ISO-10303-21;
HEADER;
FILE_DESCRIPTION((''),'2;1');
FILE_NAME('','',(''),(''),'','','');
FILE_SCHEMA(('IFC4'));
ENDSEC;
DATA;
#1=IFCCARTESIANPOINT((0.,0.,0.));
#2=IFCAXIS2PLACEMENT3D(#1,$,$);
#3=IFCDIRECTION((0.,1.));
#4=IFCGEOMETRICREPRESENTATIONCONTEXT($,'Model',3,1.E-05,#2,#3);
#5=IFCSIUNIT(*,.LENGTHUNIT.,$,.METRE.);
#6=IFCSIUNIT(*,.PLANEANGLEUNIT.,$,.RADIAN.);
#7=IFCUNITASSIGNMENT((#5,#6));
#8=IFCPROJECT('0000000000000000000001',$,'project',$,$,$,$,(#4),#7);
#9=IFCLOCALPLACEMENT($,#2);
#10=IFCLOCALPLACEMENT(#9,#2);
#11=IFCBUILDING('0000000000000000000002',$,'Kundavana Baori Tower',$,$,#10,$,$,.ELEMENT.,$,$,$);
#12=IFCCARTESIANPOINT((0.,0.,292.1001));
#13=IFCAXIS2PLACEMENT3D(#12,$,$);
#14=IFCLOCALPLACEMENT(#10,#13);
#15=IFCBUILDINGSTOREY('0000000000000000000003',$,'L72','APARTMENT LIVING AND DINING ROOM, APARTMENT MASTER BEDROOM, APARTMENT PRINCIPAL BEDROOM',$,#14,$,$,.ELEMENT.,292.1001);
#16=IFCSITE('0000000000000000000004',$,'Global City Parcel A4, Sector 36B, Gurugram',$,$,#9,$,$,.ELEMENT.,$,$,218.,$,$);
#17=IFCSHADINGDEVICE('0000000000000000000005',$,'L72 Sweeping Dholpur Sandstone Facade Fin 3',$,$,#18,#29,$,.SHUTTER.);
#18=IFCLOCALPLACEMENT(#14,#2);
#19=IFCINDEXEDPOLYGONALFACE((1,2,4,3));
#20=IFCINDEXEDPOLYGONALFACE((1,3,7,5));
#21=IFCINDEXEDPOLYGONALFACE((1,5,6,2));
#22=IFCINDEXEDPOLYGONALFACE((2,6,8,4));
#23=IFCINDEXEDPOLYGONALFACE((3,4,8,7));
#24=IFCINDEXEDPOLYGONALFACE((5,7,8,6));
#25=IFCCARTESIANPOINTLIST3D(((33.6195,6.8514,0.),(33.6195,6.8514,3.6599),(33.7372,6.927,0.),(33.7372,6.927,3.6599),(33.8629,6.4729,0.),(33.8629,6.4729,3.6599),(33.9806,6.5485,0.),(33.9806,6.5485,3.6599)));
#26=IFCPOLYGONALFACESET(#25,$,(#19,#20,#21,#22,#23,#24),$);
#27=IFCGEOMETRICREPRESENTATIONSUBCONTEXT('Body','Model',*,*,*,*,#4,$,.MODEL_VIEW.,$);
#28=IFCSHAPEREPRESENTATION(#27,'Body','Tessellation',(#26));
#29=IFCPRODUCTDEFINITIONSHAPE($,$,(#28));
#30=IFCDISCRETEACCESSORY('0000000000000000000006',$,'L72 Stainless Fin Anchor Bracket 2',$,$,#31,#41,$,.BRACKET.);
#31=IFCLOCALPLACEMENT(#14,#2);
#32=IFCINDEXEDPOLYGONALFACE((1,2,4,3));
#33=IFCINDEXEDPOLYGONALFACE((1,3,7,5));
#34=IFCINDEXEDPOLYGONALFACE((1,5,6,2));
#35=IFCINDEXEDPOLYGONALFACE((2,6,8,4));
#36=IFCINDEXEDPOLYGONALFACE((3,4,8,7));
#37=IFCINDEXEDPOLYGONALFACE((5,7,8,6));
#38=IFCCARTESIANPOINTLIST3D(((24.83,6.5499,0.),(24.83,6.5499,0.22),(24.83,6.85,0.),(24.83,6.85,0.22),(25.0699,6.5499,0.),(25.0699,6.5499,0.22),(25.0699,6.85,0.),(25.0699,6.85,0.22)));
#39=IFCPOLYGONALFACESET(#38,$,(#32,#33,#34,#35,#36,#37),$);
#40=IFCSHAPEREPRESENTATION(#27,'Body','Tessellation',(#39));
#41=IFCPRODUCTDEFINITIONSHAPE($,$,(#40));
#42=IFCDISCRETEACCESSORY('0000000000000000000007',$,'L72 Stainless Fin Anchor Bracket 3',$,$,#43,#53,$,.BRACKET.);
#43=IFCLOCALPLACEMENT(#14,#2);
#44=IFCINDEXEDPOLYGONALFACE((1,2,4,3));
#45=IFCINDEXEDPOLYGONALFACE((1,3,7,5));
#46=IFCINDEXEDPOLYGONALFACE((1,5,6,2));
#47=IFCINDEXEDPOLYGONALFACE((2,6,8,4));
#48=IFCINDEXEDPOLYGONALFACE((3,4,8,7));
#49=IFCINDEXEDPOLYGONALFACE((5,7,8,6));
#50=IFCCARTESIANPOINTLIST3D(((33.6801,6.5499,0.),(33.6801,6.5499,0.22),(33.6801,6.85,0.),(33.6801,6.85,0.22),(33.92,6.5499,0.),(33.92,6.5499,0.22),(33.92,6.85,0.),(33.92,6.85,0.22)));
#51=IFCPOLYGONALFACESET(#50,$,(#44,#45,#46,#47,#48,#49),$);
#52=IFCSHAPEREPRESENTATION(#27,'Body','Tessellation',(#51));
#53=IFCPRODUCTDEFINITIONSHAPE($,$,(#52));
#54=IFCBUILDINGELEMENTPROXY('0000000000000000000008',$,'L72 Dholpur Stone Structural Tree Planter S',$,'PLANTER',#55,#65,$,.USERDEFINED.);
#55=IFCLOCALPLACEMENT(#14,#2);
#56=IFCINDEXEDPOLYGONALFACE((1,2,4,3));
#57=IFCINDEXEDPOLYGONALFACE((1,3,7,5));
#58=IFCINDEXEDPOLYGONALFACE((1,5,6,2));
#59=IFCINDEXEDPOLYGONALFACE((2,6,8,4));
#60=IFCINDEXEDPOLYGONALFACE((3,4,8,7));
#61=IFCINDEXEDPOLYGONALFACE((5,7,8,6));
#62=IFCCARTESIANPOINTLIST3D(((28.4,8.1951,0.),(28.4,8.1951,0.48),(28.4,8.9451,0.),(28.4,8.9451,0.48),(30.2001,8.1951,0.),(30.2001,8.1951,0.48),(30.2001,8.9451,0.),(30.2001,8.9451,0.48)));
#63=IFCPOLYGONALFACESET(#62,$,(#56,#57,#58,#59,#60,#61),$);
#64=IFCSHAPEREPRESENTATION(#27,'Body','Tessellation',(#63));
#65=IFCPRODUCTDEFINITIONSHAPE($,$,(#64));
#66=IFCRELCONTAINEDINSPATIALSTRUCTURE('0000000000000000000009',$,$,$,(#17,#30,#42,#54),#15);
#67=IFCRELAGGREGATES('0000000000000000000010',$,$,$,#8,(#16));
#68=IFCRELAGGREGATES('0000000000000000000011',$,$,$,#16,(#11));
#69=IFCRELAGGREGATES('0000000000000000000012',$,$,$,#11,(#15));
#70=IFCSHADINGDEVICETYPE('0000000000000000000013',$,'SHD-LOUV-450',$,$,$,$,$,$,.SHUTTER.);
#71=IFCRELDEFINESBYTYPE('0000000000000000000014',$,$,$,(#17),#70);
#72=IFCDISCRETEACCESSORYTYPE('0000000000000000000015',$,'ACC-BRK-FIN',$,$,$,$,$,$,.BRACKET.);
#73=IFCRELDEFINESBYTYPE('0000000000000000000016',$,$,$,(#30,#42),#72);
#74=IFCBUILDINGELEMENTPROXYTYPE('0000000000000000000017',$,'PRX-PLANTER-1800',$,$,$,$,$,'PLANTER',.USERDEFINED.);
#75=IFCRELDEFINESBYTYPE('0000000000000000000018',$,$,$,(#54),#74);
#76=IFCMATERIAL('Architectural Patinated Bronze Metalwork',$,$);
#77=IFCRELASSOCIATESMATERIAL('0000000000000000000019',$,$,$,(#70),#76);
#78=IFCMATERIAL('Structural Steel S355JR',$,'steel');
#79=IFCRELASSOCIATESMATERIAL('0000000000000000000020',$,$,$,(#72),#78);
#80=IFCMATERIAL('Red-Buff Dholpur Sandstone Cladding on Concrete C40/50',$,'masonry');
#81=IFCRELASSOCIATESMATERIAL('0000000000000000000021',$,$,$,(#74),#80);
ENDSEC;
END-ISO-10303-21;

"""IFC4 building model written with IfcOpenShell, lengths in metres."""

from ifc_helpers import new_model, si_unit, direction, frame, origin, origin_2d, place, context, subcontext, project, spatial, rectangle, extrude, material, type_object, element, save


model = new_model("IFC4")

# Units and contexts
model_context = context("Model", 3, precision=1e-05, world=origin(), true_north=direction((0.0, 1.0)))
body_context = subcontext(model_context, "Body", "Model", "MODEL_VIEW")
ifc_project = project(units=[si_unit("LENGTHUNIT", "METRE"), si_unit("PLANEANGLEUNIT", "RADIAN")], contexts=[model_context])

# Site, building, storey
site_placement = place(None, origin())
site = spatial("IfcSite", under=ifc_project, at=site_placement, Name="Global City Parcel A4, Sector 36B, Gurugram", CompositionType="ELEMENT", RefElevation=218.0)
building_placement = place(site_placement, origin())
building = spatial("IfcBuilding", under=site, at=building_placement, Name="Kundavana Baori Tower", CompositionType="ELEMENT")
storey_placement = place(building_placement, frame((0.0, 0.0, 292.1001)))
storey = spatial("IfcBuildingStorey", under=building, at=storey_placement, Name="L72", Description="APARTMENT LIVING AND DINING ROOM, APARTMENT MASTER BEDROOM, APARTMENT PRINCIPAL BEDROOM", CompositionType="ELEMENT", Elevation=292.1001)

# Shading device
ifc_material_1 = material(Name="Architectural Patinated Bronze Metalwork")
shading_device_type = type_object("IfcShadingDeviceType", Name="SHD-LOUV-450", PredefinedType="SHUTTER", material=ifc_material_1)
shading_device_placement = place(storey_placement, frame((33.8, 6.7, 0.0), z_axis=(0.0, 0.0, 1.0), x_axis=(0.841133, 0.540828, 0.0)))
element("IfcShadingDevice", 1, at=shading_device_placement, inside=storey, type_object=shading_device_type, Name="L72 Sweeping Dholpur Sandstone Facade Fin 3", PredefinedType="SHUTTER", context=body_context, shape_type="SweptSolid", body=[
    extrude(rectangle(XDim=0.1399, YDim=0.45, at=origin_2d()), origin(), (0.0, 0.0, 1.0), 3.6599),
])

# Discrete accessories
ifc_material_2 = material(Name="Structural Steel S355JR", Category="steel")
discrete_accessory_type = type_object("IfcDiscreteAccessoryType", Name="ACC-BRK-FIN", PredefinedType="BRACKET", material=ifc_material_2)
for number, where, z_axis, x_axis, name in (
    (2, (24.95, 6.7, 0.0), (0.0, 0.0, 1.0), (1.0, 0.0, 0.0), "L72 Stainless Fin Anchor Bracket 2"),
    (3, (33.8, 6.7, 0.0), (0.0, 0.0, 1.0), (1.0, 0.0, 0.0), "L72 Stainless Fin Anchor Bracket 3"),
):
    element("IfcDiscreteAccessory", number, at=place(storey_placement, frame(where, z_axis=z_axis, x_axis=x_axis)), inside=storey, type_object=discrete_accessory_type, Name=name, PredefinedType="BRACKET", context=body_context, shape_type="SweptSolid", body=[
        extrude(rectangle(XDim=0.24, YDim=0.3, at=origin_2d()), origin(), (0.0, 0.0, 1.0), 0.22),
    ])

# Building element proxy
ifc_material_3 = material(Name="Red-Buff Dholpur Sandstone Cladding on Concrete C40/50", Category="masonry")
building_element_proxy_type = type_object("IfcBuildingElementProxyType", Name="PRX-PLANTER-1800", ElementType="PLANTER", PredefinedType="USERDEFINED", material=ifc_material_3)
proxy_placement = place(storey_placement, frame((29.3, 8.5701, 0.0), z_axis=(0.0, 0.0, 1.0), x_axis=(1.0, 0.0, 0.0)))
element("IfcBuildingElementProxy", 4, at=proxy_placement, inside=storey, type_object=building_element_proxy_type, Name="L72 Dholpur Stone Structural Tree Planter S", ObjectType="PLANTER", PredefinedType="USERDEFINED", context=body_context, shape_type="SweptSolid", body=[
    extrude(rectangle(XDim=1.8, YDim=0.75, at=origin_2d()), origin(), (0.0, 0.0, 1.0), 0.48),
])

save(model, "model.ifc")
